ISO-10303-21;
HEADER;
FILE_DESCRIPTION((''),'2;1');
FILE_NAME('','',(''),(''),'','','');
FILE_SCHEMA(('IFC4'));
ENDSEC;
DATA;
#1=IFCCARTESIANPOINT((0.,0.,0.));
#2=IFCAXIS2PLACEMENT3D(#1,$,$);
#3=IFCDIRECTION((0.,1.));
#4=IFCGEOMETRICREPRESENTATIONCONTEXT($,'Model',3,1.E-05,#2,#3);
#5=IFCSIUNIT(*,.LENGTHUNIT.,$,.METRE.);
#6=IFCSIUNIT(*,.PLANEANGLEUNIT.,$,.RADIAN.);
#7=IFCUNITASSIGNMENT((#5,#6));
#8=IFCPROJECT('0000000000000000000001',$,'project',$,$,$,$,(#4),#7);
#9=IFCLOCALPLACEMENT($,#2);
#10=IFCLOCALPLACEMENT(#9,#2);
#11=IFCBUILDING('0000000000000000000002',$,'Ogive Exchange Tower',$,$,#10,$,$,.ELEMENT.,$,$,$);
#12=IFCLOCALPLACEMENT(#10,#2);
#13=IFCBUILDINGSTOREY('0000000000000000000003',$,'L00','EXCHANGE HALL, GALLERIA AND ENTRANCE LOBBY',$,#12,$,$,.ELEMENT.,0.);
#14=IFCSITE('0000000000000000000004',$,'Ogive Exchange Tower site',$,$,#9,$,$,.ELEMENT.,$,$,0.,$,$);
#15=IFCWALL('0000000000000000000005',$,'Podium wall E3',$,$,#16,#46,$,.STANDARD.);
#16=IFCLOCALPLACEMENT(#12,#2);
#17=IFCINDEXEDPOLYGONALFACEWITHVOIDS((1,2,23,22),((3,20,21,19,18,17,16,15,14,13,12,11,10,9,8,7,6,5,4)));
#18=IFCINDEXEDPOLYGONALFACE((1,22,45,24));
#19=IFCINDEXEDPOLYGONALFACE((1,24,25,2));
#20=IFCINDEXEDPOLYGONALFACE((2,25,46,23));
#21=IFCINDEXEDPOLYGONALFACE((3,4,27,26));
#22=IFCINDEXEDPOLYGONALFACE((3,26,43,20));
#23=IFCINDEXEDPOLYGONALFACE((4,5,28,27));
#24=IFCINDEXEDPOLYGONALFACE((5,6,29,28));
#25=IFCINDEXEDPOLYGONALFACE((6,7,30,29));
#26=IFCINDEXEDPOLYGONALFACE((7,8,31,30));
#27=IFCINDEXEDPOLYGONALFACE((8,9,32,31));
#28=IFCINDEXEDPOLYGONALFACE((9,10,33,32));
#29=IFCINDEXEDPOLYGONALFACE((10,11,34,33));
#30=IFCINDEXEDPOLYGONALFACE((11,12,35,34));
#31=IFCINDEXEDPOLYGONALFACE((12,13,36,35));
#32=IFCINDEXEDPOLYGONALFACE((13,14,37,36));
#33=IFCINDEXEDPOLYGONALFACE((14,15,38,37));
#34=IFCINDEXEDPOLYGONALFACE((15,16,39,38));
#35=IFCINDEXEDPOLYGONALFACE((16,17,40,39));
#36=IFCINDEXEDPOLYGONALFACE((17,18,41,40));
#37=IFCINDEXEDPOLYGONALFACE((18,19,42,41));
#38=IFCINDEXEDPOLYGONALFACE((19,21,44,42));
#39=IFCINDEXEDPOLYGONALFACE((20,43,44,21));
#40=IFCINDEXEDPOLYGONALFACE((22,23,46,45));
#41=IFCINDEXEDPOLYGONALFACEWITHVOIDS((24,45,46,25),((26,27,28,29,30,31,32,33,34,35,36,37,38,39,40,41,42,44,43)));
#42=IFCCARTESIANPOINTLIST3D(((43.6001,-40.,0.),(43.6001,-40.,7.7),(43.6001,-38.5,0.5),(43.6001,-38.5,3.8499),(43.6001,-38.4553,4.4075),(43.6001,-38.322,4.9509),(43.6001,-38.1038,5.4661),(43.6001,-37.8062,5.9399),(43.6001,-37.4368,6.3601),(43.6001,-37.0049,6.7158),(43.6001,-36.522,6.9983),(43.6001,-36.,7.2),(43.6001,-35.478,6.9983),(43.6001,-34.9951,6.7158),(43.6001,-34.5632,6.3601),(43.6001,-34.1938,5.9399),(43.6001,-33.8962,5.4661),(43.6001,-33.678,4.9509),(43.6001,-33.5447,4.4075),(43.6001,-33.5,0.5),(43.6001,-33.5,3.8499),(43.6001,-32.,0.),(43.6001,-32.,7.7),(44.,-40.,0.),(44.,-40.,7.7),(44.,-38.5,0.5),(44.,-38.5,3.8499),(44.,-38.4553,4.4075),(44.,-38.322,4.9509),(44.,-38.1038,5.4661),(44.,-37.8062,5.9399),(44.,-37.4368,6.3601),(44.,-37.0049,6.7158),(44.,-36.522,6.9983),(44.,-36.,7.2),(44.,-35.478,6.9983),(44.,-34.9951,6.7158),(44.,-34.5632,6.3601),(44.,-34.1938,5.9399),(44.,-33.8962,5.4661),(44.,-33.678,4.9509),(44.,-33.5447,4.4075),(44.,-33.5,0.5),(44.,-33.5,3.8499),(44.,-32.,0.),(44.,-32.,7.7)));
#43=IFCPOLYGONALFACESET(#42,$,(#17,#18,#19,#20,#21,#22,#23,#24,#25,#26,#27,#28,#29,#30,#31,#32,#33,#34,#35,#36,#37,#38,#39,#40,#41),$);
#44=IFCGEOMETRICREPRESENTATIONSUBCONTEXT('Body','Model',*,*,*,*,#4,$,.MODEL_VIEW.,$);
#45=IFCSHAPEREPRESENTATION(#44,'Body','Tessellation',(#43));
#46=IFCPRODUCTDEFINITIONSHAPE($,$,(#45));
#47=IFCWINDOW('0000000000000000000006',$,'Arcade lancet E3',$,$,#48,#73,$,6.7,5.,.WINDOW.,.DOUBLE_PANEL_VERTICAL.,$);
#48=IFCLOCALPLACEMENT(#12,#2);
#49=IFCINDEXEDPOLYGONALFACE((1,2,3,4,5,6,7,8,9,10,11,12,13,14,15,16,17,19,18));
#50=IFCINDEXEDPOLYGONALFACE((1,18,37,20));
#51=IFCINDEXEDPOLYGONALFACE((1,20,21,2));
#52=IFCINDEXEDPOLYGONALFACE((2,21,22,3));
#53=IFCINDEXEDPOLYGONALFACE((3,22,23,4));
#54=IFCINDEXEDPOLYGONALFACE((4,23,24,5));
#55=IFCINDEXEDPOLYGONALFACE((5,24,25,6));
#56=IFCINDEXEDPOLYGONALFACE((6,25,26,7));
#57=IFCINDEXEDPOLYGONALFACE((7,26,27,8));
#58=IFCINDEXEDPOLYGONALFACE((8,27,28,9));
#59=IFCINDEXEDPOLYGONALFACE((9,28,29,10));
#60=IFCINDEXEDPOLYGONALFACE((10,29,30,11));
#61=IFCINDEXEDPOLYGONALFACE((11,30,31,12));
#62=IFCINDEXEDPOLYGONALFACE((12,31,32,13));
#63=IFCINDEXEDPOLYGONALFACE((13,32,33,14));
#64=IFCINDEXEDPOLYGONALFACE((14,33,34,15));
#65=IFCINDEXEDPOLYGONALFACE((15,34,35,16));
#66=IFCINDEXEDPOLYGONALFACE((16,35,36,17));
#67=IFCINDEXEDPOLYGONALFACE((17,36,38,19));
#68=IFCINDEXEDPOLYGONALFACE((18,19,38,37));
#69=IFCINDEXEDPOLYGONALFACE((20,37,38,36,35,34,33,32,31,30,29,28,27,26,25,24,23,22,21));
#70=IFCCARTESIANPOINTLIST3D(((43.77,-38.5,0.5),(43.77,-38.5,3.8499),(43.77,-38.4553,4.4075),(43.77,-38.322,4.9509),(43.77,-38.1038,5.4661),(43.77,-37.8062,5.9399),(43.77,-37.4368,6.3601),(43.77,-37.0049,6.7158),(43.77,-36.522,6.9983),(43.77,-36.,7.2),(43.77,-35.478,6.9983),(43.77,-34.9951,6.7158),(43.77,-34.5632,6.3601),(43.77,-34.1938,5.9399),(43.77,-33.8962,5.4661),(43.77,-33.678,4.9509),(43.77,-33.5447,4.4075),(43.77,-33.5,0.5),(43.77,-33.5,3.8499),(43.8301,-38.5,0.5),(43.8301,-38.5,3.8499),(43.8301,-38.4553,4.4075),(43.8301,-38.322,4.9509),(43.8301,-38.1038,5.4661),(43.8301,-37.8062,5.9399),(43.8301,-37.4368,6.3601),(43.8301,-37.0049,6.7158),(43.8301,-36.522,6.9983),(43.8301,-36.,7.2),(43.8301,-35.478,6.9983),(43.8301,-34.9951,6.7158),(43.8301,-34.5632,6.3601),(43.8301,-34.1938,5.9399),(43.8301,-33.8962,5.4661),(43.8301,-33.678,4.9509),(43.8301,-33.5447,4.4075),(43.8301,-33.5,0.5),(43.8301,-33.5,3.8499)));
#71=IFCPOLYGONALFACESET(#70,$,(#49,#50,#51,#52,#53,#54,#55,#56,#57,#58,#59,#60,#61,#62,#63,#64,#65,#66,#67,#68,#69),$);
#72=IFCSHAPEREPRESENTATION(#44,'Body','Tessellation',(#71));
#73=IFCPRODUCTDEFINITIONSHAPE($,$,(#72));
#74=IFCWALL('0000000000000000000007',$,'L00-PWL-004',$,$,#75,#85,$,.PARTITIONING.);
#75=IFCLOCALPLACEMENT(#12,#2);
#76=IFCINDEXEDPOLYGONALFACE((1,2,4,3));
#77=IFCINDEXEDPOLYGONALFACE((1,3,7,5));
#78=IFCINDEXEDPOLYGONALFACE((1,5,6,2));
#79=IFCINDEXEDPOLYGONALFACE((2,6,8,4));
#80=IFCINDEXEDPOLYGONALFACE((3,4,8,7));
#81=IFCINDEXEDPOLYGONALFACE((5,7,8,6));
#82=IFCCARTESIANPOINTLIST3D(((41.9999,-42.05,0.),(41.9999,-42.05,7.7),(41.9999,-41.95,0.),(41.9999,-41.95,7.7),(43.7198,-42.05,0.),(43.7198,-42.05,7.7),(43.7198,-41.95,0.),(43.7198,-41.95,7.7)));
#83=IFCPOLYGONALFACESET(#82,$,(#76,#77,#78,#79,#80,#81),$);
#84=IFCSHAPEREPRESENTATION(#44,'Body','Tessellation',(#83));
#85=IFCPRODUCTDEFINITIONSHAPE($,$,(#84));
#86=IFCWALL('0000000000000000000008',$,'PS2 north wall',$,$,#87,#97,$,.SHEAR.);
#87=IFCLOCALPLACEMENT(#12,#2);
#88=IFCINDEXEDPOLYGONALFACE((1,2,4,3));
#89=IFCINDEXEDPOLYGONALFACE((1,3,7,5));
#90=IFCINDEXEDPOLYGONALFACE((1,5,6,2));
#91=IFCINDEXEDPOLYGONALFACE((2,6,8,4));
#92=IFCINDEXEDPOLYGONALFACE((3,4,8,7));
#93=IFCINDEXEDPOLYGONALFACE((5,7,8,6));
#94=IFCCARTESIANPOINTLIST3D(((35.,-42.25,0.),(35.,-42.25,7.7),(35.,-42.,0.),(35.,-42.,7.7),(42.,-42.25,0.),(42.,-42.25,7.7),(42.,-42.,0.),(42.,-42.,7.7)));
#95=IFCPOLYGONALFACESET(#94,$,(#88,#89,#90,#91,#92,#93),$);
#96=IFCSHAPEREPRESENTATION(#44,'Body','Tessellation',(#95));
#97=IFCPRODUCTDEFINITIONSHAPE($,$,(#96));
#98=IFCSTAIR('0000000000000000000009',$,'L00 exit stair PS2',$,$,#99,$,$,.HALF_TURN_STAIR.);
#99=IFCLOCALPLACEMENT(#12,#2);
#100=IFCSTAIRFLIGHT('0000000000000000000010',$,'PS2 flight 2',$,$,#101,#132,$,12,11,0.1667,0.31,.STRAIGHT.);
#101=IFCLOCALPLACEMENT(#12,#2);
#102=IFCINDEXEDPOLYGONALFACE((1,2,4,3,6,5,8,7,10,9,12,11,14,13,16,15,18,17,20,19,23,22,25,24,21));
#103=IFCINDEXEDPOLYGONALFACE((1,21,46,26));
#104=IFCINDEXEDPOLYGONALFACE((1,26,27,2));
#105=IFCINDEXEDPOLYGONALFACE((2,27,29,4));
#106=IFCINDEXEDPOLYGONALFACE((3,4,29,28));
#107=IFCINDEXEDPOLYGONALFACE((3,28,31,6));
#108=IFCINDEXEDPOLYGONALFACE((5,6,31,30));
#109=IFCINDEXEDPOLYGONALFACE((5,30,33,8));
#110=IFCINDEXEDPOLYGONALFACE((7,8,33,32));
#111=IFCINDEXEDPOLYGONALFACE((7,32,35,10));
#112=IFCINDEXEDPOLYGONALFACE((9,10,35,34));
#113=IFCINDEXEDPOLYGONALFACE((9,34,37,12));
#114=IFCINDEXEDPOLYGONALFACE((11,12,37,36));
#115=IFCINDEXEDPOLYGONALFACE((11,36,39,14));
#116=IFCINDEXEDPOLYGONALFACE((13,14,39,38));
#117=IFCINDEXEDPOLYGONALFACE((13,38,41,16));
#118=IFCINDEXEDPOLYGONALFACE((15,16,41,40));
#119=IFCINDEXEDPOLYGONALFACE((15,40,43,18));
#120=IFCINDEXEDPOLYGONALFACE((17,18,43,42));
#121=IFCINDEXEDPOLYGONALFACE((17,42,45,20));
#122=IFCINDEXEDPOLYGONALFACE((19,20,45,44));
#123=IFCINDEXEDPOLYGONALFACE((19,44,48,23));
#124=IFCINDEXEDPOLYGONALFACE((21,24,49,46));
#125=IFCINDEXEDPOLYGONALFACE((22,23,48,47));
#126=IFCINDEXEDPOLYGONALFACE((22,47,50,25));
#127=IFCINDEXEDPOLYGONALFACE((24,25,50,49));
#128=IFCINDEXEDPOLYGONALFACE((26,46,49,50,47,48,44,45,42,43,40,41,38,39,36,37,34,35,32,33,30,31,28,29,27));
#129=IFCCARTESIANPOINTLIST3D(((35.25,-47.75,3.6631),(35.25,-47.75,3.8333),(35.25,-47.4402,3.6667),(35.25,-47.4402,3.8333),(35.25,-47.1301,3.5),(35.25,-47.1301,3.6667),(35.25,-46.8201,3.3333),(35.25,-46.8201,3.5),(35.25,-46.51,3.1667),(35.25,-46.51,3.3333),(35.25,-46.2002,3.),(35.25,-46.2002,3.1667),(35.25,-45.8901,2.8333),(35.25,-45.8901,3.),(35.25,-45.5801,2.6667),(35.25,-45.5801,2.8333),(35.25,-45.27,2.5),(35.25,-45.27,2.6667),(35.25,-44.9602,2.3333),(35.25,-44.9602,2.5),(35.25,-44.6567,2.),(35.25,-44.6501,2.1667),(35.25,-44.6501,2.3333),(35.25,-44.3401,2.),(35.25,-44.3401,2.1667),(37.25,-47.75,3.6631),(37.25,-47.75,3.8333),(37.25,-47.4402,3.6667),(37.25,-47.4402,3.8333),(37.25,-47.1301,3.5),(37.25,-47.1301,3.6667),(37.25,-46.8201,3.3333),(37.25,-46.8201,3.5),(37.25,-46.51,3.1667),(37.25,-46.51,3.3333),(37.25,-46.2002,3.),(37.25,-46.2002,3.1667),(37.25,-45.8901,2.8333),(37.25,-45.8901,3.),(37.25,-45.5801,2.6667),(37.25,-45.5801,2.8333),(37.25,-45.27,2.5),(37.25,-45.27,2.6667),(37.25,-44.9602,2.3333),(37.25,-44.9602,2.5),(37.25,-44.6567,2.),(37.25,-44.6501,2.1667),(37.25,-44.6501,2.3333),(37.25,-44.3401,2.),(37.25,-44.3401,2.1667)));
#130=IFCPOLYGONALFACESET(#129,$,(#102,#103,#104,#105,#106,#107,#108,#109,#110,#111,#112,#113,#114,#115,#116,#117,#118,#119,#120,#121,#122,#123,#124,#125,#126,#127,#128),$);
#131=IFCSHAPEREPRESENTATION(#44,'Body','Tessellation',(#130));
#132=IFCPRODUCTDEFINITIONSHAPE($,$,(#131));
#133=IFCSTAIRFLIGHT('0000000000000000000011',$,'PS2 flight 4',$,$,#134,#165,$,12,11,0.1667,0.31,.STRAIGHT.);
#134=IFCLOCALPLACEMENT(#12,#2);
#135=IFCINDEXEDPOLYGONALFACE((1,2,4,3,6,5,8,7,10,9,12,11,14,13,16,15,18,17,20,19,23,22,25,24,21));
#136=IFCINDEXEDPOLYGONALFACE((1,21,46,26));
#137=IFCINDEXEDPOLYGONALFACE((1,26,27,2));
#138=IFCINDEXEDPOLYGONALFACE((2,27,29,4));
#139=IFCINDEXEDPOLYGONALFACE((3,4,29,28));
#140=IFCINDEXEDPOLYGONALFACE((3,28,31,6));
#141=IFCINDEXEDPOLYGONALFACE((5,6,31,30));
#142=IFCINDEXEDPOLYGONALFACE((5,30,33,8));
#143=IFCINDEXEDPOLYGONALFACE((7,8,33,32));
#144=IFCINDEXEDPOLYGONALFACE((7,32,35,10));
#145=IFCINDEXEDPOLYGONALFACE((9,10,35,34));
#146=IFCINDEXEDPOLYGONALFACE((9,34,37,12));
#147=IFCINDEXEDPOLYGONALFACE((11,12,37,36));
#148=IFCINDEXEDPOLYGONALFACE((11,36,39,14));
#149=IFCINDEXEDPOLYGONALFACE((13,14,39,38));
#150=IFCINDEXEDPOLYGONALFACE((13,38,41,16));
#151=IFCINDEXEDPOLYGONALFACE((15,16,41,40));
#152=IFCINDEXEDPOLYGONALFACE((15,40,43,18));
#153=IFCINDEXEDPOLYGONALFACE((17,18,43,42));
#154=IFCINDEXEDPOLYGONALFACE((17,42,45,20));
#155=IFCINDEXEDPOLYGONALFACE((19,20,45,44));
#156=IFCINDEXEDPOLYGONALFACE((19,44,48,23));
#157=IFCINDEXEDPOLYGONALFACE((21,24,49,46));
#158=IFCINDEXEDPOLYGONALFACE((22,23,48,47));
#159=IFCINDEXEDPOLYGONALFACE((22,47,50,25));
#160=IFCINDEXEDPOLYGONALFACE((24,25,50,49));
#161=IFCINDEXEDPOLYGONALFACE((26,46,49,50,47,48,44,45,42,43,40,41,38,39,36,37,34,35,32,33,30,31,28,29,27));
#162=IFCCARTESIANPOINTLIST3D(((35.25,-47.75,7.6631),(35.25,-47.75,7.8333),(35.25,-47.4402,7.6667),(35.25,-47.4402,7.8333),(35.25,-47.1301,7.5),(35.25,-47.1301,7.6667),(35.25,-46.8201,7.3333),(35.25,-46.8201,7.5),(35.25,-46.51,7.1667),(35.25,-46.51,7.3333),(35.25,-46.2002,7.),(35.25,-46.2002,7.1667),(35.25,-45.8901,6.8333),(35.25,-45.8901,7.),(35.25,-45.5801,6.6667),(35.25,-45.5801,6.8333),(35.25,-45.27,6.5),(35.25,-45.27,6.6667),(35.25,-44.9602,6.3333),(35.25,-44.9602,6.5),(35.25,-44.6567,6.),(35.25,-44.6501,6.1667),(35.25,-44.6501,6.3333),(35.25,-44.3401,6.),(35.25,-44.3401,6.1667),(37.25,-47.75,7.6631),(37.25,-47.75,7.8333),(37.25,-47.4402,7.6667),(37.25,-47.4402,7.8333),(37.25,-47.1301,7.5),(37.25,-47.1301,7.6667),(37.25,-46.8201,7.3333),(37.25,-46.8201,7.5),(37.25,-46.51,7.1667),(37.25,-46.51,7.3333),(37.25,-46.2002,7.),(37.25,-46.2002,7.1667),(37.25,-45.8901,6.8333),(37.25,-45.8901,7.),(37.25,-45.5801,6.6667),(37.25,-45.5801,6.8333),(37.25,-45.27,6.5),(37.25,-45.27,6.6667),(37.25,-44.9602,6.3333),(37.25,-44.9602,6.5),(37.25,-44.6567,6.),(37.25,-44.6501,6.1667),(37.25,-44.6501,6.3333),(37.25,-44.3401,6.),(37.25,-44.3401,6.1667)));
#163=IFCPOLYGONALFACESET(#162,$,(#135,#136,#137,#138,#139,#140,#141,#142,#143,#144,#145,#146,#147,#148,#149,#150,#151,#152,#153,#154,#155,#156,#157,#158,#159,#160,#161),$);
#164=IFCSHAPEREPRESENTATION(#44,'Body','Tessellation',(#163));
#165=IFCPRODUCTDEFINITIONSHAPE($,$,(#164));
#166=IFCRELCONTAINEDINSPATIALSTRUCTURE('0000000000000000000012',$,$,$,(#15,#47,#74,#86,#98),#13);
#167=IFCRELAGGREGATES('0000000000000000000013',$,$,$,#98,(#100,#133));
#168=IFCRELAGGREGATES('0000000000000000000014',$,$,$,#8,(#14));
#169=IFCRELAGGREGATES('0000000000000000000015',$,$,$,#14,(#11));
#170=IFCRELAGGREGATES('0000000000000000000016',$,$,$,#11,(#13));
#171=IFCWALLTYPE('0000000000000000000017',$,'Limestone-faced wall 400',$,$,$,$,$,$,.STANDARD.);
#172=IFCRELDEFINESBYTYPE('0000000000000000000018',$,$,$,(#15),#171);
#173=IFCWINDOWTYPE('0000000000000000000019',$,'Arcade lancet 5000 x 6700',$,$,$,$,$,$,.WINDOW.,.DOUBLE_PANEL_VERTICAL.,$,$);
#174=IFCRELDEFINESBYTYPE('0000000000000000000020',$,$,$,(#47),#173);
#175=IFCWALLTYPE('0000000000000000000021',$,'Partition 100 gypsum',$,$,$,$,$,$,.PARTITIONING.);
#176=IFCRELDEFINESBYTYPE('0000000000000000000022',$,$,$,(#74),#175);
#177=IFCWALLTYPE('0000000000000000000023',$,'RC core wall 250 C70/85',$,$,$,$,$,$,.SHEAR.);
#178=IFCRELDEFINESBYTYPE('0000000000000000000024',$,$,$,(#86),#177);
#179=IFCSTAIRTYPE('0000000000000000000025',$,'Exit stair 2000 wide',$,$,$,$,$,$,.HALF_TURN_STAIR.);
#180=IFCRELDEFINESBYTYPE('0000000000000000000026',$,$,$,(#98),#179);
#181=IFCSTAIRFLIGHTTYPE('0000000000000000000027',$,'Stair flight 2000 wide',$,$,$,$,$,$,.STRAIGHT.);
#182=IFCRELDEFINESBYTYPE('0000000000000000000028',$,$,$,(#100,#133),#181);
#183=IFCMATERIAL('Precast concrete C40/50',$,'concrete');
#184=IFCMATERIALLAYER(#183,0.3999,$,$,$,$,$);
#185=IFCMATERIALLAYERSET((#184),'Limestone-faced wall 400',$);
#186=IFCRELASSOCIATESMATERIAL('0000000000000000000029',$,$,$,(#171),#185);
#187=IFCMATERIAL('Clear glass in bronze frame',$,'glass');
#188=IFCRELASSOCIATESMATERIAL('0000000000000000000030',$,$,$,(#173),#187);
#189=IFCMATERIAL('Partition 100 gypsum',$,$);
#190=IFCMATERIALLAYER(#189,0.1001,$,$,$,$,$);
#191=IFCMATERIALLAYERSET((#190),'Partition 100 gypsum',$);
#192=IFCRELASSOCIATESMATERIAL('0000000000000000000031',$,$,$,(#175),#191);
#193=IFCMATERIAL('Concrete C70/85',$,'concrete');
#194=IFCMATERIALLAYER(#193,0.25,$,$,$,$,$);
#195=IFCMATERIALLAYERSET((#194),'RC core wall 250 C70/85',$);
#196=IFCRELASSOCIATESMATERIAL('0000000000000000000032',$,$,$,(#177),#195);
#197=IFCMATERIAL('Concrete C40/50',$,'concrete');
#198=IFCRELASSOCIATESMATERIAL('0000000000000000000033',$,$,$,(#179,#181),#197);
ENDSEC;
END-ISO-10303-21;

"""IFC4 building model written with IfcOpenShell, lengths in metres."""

from ifc_helpers import new_model, si_unit, direction, frame, frame_2d, origin, place, context, subcontext, project, spatial, polyline, rectangle, outline, extrude, material, layer, layer_set, type_object, element, fill, aggregate, save


model = new_model("IFC4")

# Units and contexts
model_context = context("Model", 3, precision=1e-05, world=origin(), true_north=direction((0.0, 1.0)))
body_context = subcontext(model_context, "Body", "Model", "MODEL_VIEW")
ifc_project = project(units=[si_unit("LENGTHUNIT", "METRE"), si_unit("PLANEANGLEUNIT", "RADIAN")], contexts=[model_context])

# Site, building, storey
site_placement = place(None, origin())
site = spatial("IfcSite", under=ifc_project, at=site_placement, Name="Ogive Exchange Tower site", CompositionType="ELEMENT", RefElevation=0.0)
building_placement = place(site_placement, origin())
building = spatial("IfcBuilding", under=site, at=building_placement, Name="Ogive Exchange Tower", CompositionType="ELEMENT")
storey_placement = place(building_placement, origin())
storey = spatial("IfcBuildingStorey", under=building, at=storey_placement, Name="L00", Description="EXCHANGE HALL, GALLERIA AND ENTRANCE LOBBY", CompositionType="ELEMENT", Elevation=0.0)

# Shared definitions
ifc_material_1 = material(Name="Concrete C70/85", Category="concrete")

# Wall, opening, window
ifc_material_2 = material(Name="Precast concrete C40/50", Category="concrete")
ifc_layer_1 = layer(ifc_material_2, 0.3999)
ifc_layer_set_1 = layer_set([ifc_layer_1], Name="Limestone-faced wall 400")
wall_type_1 = type_object("IfcWallType", Name="Limestone-faced wall 400", PredefinedType="STANDARD", material=ifc_layer_set_1)
wall_1_placement = place(storey_placement, frame((43.8, -40.0, 0.0), z_axis=(0.0, 0.0, 1.0), x_axis=(0.0, 1.0, 0.0)))
wall_1 = element("IfcWall", 1, at=wall_1_placement, inside=storey, type_object=wall_type_1, Name="Podium wall E3", PredefinedType="STANDARD", context=body_context, shape_type="SweptSolid", body=[
    extrude(rectangle(XDim=8.0, YDim=0.3999, at=frame_2d((4.0, 0.0))), origin(), (0.0, 0.0, 1.0), 7.7),
])
opening_placement = place(wall_1_placement, frame((1.5, 0.0, 0.5)))
opening = element("IfcOpeningElement", 2, at=opening_placement, cuts=wall_1, PredefinedType="OPENING", context=body_context, shape_type="SweptSolid", body=[
    extrude(outline(polyline([(0.0, 0.0), (5.0, 0.0), (5.0, 3.3499), (4.9553, 3.9075), (4.822, 4.4509), (4.6038, 4.9661), (4.3062, 5.4399), (3.9368, 5.8601), (3.5049, 6.2158), (3.022, 6.4983), (2.5, 6.7), (1.978, 6.4983), (1.4951, 6.2158), (1.0632, 5.8601), (0.6938, 5.4399), (0.3962, 4.9661), (0.178, 4.4509), (0.0447, 3.9075), (0.0, 3.3499), (0.0, 0.0)])), frame((0.0, 0.21, 0.0), z_axis=(0.0, -1.0, 0.0), x_axis=(1.0, 0.0, 0.0)), (0.0, 0.0, 1.0), 0.4199),
])
ifc_material_3 = material(Name="Clear glass in bronze frame", Category="glass")
window_type = type_object("IfcWindowType", Name="Arcade lancet 5000 x 6700", PartitioningType="DOUBLE_PANEL_VERTICAL", PredefinedType="WINDOW", material=ifc_material_3)
window_placement = place(opening_placement, origin())
window = element("IfcWindow", 3, at=window_placement, inside=storey, type_object=window_type, Name="Arcade lancet E3", OverallHeight=6.7, OverallWidth=5.0, PartitioningType="DOUBLE_PANEL_VERTICAL", PredefinedType="WINDOW", context=body_context, shape_type="SweptSolid", body=[
    extrude(outline(polyline([(0.0, 0.0), (5.0, 0.0), (5.0, 3.3499), (4.9553, 3.9075), (4.822, 4.4509), (4.6038, 4.9661), (4.3062, 5.4399), (3.9368, 5.8601), (3.5049, 6.2158), (3.022, 6.4983), (2.5, 6.7), (1.978, 6.4983), (1.4951, 6.2158), (1.0632, 5.8601), (0.6938, 5.4399), (0.3962, 4.9661), (0.178, 4.4509), (0.0447, 3.9075), (0.0, 3.3499), (0.0, 0.0)])), frame((0.0, 0.03, 0.0), z_axis=(0.0, -1.0, 0.0), x_axis=(1.0, 0.0, 0.0)), (0.0, 0.0, 1.0), 0.0601),
])
fill(opening, window)

# Walls
ifc_material_4 = material(Name="Partition 100 gypsum")
ifc_layer_2 = layer(ifc_material_4, 0.1001)
ifc_layer_set_2 = layer_set([ifc_layer_2], Name="Partition 100 gypsum")
wall_type_2 = type_object("IfcWallType", Name="Partition 100 gypsum", PredefinedType="PARTITIONING", material=ifc_layer_set_2)
wall_2_placement = place(storey_placement, frame((42.0, -42.0, 0.0), z_axis=(0.0, 0.0, 1.0), x_axis=(1.0, 0.0, 0.0)))
element("IfcWall", 4, at=wall_2_placement, inside=storey, type_object=wall_type_2, Name="L00-PWL-004", PredefinedType="PARTITIONING", context=body_context, shape_type="SweptSolid", body=[
    extrude(rectangle(XDim=1.72, YDim=0.1001, at=frame_2d((0.8599, 0.0))), origin(), (0.0, 0.0, 1.0), 7.7),
])
ifc_layer_3 = layer(ifc_material_1, 0.25)
ifc_layer_set_3 = layer_set([ifc_layer_3], Name="RC core wall 250 C70/85")
wall_type_3 = type_object("IfcWallType", Name="RC core wall 250 C70/85", PredefinedType="SHEAR", material=ifc_layer_set_3)
wall_3_placement = place(storey_placement, frame((35.0, -42.125, 0.0), z_axis=(0.0, 0.0, 1.0), x_axis=(1.0, 0.0, 0.0)))
element("IfcWall", 5, at=wall_3_placement, inside=storey, type_object=wall_type_3, Name="PS2 north wall", PredefinedType="SHEAR", context=body_context, shape_type="SweptSolid", body=[
    extrude(rectangle(XDim=7.0, YDim=0.25, at=frame_2d((3.5, 0.0))), origin(), (0.0, 0.0, 1.0), 7.7),
])

# Stair, stair flights
ifc_material_5 = material(Name="Concrete C40/50", Category="concrete")
stair_type = type_object("IfcStairType", Name="Exit stair 2000 wide", PredefinedType="HALF_TURN_STAIR", material=ifc_material_5)
stair_placement = place(storey_placement, origin())
stair = element("IfcStair", 6, at=stair_placement, inside=storey, type_object=stair_type, Name="L00 exit stair PS2", PredefinedType="HALF_TURN_STAIR")
stair_flight_type = type_object("IfcStairFlightType", Name="Stair flight 2000 wide", PredefinedType="STRAIGHT", material=ifc_material_5)
stair_flight_1_placement = place(storey_placement, frame((36.25, -44.3401, 2.0), z_axis=(0.0, 0.0, 1.0), x_axis=(0.0, -1.0, 0.0)))
stair_flight_1 = element("IfcStairFlight", 7, at=stair_flight_1_placement, type_object=stair_flight_type, Name="PS2 flight 2", NumberOfRisers=12, NumberOfTreads=11, PredefinedType="STRAIGHT", RiserHeight=0.1667, TreadLength=0.31, context=body_context, shape_type="SweptSolid", body=[
    extrude(outline(polyline([(0.0, 0.0), (0.0, 0.1667), (0.3101, 0.1667), (0.3101, 0.3333), (0.6201, 0.3333), (0.6201, 0.5), (0.9299, 0.5), (0.9299, 0.6667), (1.24, 0.6667), (1.24, 0.8333), (1.55, 0.8333), (1.55, 1.0), (1.8601, 1.0), (1.8601, 1.1667), (2.1699, 1.1667), (2.1699, 1.3333), (2.48, 1.3333), (2.48, 1.5), (2.79, 1.5), (2.79, 1.6667), (3.1001, 1.6667), (3.1001, 1.8333), (3.4099, 1.8333), (3.4099, 2.0), (3.4099, 1.6631), (0.3167, 0.0), (0.0, 0.0)])), frame((0.0, 1.0, 0.0), z_axis=(0.0, -1.0, 0.0), x_axis=(1.0, 0.0, 0.0)), (0.0, 0.0, 1.0), 2.0),
])
stair_flight_2_placement = place(storey_placement, frame((36.25, -44.3401, 6.0), z_axis=(0.0, 0.0, 1.0), x_axis=(0.0, -1.0, 0.0)))
stair_flight_2 = element("IfcStairFlight", 8, at=stair_flight_2_placement, type_object=stair_flight_type, Name="PS2 flight 4", NumberOfRisers=12, NumberOfTreads=11, PredefinedType="STRAIGHT", RiserHeight=0.1667, TreadLength=0.31, context=body_context, shape_type="SweptSolid", body=[
    extrude(outline(polyline([(0.0, 0.0), (0.0, 0.1667), (0.3101, 0.1667), (0.3101, 0.3333), (0.6201, 0.3333), (0.6201, 0.5), (0.9299, 0.5), (0.9299, 0.6667), (1.24, 0.6667), (1.24, 0.8333), (1.55, 0.8333), (1.55, 1.0), (1.8601, 1.0), (1.8601, 1.1667), (2.1699, 1.1667), (2.1699, 1.3333), (2.48, 1.3333), (2.48, 1.5), (2.79, 1.5), (2.79, 1.6667), (3.1001, 1.6667), (3.1001, 1.8333), (3.4099, 1.8333), (3.4099, 2.0), (3.4099, 1.6631), (0.3167, 0.0), (0.0, 0.0)])), frame((0.0, 1.0, 0.0), z_axis=(0.0, -1.0, 0.0), x_axis=(1.0, 0.0, 0.0)), (0.0, 0.0, 1.0), 2.0),
])
aggregate(stair, [stair_flight_1, stair_flight_2])

save(model, "model.ifc")
